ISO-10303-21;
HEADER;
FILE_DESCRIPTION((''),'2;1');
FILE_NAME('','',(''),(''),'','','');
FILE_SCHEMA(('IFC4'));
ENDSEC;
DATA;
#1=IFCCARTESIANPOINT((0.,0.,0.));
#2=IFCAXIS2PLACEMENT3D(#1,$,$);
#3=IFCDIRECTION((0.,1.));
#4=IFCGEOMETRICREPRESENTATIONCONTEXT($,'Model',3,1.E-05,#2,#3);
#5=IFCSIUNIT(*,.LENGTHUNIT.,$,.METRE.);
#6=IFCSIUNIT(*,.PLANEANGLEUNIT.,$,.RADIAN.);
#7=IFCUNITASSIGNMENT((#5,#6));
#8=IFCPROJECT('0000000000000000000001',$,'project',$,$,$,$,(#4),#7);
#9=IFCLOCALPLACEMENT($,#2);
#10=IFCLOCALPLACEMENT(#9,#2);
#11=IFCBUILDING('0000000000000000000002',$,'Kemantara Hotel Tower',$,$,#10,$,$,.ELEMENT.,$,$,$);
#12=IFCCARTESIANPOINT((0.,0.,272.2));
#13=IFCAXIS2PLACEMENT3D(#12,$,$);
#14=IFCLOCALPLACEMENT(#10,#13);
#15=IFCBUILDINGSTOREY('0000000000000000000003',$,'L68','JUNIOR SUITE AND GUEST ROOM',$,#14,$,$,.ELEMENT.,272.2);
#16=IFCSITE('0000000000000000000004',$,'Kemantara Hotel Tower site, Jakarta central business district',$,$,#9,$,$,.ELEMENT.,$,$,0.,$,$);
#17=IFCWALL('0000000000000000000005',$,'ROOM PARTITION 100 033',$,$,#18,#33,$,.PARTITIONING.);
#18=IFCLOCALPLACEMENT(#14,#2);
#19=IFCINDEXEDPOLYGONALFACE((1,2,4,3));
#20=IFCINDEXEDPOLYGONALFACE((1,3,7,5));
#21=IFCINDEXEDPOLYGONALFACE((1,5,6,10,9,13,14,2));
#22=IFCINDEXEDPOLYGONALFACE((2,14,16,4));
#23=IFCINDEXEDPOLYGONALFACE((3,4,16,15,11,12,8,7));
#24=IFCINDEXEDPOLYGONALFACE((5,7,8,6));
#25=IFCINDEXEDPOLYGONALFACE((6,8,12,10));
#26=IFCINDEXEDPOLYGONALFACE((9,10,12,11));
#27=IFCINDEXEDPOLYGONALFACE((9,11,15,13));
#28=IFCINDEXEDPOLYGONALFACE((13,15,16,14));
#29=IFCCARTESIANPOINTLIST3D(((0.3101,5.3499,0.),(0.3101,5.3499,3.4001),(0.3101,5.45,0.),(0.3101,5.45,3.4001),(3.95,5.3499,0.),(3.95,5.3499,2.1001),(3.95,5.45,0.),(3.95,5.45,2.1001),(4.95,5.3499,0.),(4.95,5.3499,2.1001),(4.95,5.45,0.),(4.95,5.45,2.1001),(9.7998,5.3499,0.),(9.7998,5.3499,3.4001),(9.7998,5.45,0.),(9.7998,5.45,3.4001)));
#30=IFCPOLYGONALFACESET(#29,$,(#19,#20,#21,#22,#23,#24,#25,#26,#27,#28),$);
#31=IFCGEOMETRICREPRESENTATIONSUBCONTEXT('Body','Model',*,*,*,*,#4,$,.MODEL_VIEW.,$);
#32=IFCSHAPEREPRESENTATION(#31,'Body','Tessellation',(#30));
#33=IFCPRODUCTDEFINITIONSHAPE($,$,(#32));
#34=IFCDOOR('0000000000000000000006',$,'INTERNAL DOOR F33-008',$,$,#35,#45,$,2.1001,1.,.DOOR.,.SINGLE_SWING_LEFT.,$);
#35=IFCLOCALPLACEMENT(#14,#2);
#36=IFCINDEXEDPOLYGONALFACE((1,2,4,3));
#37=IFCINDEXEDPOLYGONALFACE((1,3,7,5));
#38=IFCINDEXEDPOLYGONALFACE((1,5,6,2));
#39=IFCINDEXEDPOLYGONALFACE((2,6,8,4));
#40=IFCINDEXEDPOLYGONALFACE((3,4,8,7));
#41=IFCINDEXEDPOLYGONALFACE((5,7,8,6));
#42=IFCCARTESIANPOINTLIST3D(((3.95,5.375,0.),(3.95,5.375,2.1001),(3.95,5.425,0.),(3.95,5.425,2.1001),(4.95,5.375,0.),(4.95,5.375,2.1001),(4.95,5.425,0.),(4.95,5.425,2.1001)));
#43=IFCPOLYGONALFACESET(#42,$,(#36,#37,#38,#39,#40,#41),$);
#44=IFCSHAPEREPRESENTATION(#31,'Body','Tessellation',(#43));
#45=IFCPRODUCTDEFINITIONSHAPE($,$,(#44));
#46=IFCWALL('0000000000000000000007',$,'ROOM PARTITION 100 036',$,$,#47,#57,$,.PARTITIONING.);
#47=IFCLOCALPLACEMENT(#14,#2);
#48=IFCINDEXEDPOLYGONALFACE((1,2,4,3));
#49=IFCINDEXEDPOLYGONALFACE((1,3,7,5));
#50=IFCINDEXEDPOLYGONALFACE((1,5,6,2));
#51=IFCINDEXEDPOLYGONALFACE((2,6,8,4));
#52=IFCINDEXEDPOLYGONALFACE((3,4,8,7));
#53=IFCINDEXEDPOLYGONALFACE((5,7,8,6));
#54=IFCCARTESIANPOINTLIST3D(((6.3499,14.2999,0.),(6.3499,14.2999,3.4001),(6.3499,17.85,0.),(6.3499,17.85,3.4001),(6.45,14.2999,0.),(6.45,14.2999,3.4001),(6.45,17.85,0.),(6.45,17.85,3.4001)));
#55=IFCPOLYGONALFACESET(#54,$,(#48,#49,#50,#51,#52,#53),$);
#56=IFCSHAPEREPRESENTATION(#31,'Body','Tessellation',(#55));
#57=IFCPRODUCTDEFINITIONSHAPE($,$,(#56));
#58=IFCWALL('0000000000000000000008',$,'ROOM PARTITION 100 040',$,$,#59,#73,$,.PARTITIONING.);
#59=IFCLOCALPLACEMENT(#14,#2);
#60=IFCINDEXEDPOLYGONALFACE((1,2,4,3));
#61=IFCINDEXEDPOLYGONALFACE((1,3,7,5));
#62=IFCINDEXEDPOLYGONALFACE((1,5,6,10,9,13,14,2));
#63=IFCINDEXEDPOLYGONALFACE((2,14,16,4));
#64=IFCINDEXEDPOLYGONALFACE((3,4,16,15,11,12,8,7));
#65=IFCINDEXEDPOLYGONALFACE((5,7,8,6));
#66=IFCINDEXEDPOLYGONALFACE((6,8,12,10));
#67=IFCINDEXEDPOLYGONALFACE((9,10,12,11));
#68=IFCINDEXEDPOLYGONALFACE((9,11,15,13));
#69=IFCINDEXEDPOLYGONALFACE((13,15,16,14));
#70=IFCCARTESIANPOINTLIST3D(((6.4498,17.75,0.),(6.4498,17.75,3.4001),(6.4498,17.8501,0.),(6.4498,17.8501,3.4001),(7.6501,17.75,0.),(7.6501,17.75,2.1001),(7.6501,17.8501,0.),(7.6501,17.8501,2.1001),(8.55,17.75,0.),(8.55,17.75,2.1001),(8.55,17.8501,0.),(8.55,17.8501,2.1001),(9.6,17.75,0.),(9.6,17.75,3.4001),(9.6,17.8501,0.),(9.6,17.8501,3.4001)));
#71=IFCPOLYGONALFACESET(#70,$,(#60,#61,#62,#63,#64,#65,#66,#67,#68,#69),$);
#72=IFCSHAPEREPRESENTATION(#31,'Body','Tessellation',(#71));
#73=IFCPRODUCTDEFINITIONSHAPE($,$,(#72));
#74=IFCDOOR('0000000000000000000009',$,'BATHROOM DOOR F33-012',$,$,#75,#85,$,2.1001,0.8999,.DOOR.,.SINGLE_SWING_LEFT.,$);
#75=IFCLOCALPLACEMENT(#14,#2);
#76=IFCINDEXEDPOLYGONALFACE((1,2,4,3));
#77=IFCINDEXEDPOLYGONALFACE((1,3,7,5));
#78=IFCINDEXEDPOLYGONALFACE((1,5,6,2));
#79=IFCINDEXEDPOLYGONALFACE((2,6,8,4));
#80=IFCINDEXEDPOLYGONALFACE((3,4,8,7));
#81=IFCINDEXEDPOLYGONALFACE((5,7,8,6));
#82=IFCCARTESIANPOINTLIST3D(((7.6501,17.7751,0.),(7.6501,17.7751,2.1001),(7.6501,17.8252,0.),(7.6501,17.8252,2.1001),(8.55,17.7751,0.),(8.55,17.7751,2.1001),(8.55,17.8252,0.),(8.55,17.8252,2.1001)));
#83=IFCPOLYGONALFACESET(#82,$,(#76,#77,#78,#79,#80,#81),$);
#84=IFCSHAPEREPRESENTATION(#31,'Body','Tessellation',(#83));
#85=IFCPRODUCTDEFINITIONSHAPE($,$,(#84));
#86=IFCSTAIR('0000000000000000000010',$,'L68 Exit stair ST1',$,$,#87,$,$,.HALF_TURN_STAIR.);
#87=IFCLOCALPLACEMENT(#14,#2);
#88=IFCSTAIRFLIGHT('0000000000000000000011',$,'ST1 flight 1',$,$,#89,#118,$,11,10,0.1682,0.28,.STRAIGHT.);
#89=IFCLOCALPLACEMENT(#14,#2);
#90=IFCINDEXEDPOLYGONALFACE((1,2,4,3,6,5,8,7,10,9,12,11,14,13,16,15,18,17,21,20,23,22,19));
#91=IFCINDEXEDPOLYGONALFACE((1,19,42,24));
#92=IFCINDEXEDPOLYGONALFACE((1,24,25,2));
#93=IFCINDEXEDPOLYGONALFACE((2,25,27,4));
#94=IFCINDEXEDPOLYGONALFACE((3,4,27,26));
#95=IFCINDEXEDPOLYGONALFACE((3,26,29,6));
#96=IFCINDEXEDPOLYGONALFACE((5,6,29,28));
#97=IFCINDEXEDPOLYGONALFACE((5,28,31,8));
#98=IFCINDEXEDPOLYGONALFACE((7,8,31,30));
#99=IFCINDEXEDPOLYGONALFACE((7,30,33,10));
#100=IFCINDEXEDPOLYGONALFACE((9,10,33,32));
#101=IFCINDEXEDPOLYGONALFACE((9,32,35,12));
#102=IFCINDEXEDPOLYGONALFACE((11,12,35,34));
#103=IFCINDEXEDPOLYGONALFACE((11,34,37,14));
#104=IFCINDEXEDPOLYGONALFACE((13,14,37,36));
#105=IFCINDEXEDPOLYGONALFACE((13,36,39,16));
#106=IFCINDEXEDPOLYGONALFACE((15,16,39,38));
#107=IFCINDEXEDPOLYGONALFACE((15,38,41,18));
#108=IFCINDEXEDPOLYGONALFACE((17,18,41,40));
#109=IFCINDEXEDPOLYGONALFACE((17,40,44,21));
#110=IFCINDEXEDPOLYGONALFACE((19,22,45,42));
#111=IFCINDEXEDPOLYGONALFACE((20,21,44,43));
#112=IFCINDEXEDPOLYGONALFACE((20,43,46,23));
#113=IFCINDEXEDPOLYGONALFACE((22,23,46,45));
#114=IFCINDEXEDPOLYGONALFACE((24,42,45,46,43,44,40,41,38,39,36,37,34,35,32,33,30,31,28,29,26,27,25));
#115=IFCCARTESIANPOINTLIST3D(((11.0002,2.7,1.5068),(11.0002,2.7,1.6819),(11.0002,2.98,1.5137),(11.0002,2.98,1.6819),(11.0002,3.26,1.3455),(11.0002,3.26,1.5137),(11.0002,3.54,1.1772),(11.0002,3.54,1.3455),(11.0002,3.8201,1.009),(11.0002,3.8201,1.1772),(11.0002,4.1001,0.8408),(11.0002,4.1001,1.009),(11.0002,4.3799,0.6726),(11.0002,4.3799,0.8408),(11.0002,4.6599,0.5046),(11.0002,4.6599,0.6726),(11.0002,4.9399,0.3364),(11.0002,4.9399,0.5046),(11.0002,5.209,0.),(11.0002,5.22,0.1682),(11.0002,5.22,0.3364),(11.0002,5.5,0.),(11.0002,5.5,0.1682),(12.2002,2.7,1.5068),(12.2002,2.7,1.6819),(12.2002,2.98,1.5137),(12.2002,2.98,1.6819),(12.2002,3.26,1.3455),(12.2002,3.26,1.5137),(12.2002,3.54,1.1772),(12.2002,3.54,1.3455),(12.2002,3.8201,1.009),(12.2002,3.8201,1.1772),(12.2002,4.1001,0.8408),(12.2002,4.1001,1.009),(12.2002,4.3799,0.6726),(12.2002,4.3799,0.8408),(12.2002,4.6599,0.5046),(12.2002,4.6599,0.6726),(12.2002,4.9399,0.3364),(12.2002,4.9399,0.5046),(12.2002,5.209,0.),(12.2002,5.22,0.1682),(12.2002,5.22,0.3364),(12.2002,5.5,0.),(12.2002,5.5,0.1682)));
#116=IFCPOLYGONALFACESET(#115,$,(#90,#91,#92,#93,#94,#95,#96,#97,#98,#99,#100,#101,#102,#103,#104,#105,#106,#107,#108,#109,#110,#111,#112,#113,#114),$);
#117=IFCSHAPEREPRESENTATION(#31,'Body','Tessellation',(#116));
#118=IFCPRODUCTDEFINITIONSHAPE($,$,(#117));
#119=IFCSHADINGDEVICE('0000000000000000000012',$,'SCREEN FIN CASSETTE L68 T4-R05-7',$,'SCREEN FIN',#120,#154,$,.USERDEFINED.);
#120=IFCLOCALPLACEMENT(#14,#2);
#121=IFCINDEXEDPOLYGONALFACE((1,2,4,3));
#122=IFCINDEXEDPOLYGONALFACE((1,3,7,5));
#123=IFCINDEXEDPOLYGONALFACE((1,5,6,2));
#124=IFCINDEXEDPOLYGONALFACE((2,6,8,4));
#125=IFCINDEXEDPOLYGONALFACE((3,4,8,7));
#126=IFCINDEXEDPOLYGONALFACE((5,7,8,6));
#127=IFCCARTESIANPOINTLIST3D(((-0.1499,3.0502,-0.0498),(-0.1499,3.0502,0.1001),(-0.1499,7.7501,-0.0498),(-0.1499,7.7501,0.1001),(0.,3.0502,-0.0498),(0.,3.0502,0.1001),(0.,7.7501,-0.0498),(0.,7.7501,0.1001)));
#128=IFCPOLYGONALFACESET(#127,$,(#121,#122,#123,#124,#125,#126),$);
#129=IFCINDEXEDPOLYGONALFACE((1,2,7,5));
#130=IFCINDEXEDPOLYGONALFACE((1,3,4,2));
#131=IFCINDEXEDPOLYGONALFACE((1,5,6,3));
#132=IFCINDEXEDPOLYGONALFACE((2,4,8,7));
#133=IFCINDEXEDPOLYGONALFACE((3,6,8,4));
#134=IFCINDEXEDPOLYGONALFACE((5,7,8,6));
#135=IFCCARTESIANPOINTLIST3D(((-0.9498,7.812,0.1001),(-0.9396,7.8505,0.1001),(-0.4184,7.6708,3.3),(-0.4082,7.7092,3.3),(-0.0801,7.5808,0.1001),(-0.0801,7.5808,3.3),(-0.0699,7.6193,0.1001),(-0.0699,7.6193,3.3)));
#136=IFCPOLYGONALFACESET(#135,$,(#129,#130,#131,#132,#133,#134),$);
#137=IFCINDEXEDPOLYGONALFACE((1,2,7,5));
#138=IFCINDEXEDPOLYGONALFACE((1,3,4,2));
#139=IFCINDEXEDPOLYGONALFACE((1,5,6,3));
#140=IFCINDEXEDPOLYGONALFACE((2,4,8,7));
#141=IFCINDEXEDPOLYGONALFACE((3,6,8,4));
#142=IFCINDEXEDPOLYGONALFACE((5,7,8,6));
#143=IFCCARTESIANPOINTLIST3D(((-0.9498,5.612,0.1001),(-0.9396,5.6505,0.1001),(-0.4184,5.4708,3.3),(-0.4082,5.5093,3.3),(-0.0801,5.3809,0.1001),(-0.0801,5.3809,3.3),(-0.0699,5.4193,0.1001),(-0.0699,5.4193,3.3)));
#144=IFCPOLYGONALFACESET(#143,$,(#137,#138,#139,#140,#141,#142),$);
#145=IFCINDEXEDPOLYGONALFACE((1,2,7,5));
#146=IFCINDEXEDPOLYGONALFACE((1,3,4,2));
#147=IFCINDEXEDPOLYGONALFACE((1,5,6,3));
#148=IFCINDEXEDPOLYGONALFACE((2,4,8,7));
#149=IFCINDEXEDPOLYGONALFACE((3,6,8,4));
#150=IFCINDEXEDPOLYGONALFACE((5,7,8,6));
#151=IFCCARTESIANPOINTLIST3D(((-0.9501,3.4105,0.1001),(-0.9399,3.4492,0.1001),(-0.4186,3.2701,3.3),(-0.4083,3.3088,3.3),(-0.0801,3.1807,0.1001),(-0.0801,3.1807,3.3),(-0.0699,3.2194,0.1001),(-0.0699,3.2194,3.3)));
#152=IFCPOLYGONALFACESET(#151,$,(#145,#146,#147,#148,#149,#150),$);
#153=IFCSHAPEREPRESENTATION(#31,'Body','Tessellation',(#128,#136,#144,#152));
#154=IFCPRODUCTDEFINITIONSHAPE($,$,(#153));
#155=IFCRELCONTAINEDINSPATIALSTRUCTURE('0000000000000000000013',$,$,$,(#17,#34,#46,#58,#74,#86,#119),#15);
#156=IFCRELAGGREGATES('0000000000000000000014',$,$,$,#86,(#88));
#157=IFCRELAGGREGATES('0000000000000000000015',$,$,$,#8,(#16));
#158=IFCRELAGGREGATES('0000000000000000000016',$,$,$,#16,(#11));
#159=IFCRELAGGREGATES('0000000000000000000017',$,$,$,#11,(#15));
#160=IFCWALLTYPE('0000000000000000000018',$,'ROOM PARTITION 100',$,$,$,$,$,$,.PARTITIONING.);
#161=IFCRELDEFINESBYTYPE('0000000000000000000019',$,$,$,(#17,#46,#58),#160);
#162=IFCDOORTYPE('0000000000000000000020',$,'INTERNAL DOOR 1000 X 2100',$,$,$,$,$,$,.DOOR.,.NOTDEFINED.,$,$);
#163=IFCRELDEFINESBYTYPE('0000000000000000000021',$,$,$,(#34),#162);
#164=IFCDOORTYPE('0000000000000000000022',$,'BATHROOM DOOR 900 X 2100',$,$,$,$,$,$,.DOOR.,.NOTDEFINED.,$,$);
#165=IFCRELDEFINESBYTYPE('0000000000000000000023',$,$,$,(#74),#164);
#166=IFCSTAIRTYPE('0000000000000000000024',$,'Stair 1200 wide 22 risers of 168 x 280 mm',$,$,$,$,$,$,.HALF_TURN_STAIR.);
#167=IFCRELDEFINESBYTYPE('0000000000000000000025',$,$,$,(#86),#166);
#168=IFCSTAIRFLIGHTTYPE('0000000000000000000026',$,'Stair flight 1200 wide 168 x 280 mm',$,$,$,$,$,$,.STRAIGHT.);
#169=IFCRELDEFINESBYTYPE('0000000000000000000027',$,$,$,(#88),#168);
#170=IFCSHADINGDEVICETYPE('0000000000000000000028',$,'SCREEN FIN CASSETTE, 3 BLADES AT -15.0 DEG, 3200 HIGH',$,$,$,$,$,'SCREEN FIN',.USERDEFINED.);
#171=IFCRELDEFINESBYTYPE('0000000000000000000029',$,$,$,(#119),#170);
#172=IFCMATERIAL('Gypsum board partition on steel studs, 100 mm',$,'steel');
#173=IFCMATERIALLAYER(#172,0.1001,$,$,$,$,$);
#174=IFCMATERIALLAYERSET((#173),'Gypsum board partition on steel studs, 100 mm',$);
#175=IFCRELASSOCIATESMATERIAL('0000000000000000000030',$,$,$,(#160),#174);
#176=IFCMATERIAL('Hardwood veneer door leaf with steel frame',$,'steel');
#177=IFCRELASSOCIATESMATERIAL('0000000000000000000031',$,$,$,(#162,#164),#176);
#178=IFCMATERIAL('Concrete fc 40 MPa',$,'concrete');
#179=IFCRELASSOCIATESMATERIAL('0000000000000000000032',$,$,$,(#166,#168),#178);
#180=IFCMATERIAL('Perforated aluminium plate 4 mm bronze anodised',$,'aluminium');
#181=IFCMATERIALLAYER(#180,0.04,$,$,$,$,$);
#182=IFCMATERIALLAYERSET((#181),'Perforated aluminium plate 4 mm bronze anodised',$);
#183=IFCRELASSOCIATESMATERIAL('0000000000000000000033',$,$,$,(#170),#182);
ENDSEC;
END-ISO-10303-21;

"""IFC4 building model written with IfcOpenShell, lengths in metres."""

from ifc_helpers import new_model, si_unit, direction, frame, frame_2d, origin, origin_2d, place, context, subcontext, project, spatial, polyline, rectangle, outline, extrude, source, transform, mapped, material, layer, layer_set, type_object, element, fill, aggregate, save


model = new_model("IFC4")

# Units and contexts
model_context = context("Model", 3, precision=1e-05, world=origin(), true_north=direction((0.0, 1.0)))
body_context = subcontext(model_context, "Body", "Model", "MODEL_VIEW")
ifc_project = project(units=[si_unit("LENGTHUNIT", "METRE"), si_unit("PLANEANGLEUNIT", "RADIAN")], contexts=[model_context])

# Site, building, storey
site_placement = place(None, origin())
site = spatial("IfcSite", under=ifc_project, at=site_placement, Name="Kemantara Hotel Tower site, Jakarta central business district", CompositionType="ELEMENT", RefElevation=0.0)
building_placement = place(site_placement, origin())
building = spatial("IfcBuilding", under=site, at=building_placement, Name="Kemantara Hotel Tower", CompositionType="ELEMENT")
storey_placement = place(building_placement, frame((0.0, 0.0, 272.2)))
storey = spatial("IfcBuildingStorey", under=building, at=storey_placement, Name="L68", Description="JUNIOR SUITE AND GUEST ROOM", CompositionType="ELEMENT", Elevation=272.2)

# Shared definitions
ifc_material_1 = material(Name="Hardwood veneer door leaf with steel frame", Category="steel")

# Wall, opening, door
ifc_material_2 = material(Name="Gypsum board partition on steel studs, 100 mm", Category="steel")
ifc_layer_1 = layer(ifc_material_2, 0.1001)
ifc_layer_set_1 = layer_set([ifc_layer_1], Name="Gypsum board partition on steel studs, 100 mm")
wall_type_1 = type_object("IfcWallType", Name="ROOM PARTITION 100", PredefinedType="PARTITIONING", material=ifc_layer_set_1)
wall_1_placement = place(storey_placement, frame((9.7998, 5.3999, 0.0), z_axis=(0.0, 0.0, 1.0), x_axis=(-1.0, 0.0, 0.0)))
wall_1 = element("IfcWall", 1, at=wall_1_placement, inside=storey, type_object=wall_type_1, Name="ROOM PARTITION 100 033", PredefinedType="PARTITIONING", context=body_context, shape_type="SweptSolid", body=[
    extrude(rectangle(XDim=9.4897, YDim=0.1001, at=frame_2d((4.7449, 0.0))), origin(), (0.0, 0.0, 1.0), 3.4001),
])
opening_1_placement = place(wall_1_placement, frame((4.8499, 0.0, 0.0)))
opening_1 = element("IfcOpeningElement", 2, at=opening_1_placement, cuts=wall_1, PredefinedType="OPENING", context=body_context, shape_type="SweptSolid", body=[
    extrude(rectangle(XDim=1.0, YDim=2.1001, at=frame_2d((0.5, 1.05))), frame((0.0, 0.0601, 0.0), z_axis=(0.0, -1.0, 0.0), x_axis=(1.0, 0.0, 0.0)), (0.0, 0.0, 1.0), 0.1201),
])
door_type_1 = type_object("IfcDoorType", Name="INTERNAL DOOR 1000 X 2100", OperationType="NOTDEFINED", PredefinedType="DOOR", material=ifc_material_1)
door_1_placement = place(opening_1_placement, origin())
door_1 = element("IfcDoor", 3, at=door_1_placement, inside=storey, type_object=door_type_1, Name="INTERNAL DOOR F33-008", OperationType="SINGLE_SWING_LEFT", OverallHeight=2.1001, OverallWidth=1.0, PredefinedType="DOOR", context=body_context, shape_type="SweptSolid", body=[
    extrude(rectangle(XDim=1.0, YDim=2.1001, at=frame_2d((0.5, 1.05))), frame((0.0, 0.0249, 0.0), z_axis=(0.0, -1.0, 0.0), x_axis=(1.0, 0.0, 0.0)), (0.0, 0.0, 1.0), 0.05),
])
fill(opening_1, door_1)

# Wall
wall_2_placement = place(storey_placement, frame((6.3999, 14.3, 0.0), z_axis=(0.0, 0.0, 1.0), x_axis=(0.0, 1.0, 0.0)))
element("IfcWall", 4, at=wall_2_placement, inside=storey, type_object=wall_type_1, Name="ROOM PARTITION 100 036", PredefinedType="PARTITIONING", context=body_context, shape_type="SweptSolid", body=[
    extrude(rectangle(XDim=3.55, YDim=0.1001, at=frame_2d((1.7749, 0.0))), origin(), (0.0, 0.0, 1.0), 3.4001),
])

# Wall, opening, door
wall_3_placement = place(storey_placement, frame((9.6001, 17.8, 0.0), z_axis=(0.0, 0.0, 1.0), x_axis=(-1.0, 0.0, 0.0)))
wall_3 = element("IfcWall", 5, at=wall_3_placement, inside=storey, type_object=wall_type_1, Name="ROOM PARTITION 100 040", PredefinedType="PARTITIONING", context=body_context, shape_type="SweptSolid", body=[
    extrude(rectangle(XDim=3.1501, YDim=0.1001, at=frame_2d((1.5752, 0.0))), origin(), (0.0, 0.0, 1.0), 3.4001),
])
opening_2_placement = place(wall_3_placement, frame((1.05, 0.0, 0.0)))
opening_2 = element("IfcOpeningElement", 6, at=opening_2_placement, cuts=wall_3, PredefinedType="OPENING", context=body_context, shape_type="SweptSolid", body=[
    extrude(rectangle(XDim=0.8999, YDim=2.1001, at=frame_2d((0.45, 1.05))), frame((0.0, 0.0601, 0.0), z_axis=(0.0, -1.0, 0.0), x_axis=(1.0, 0.0, 0.0)), (0.0, 0.0, 1.0), 0.1201),
])
door_type_2 = type_object("IfcDoorType", Name="BATHROOM DOOR 900 X 2100", OperationType="NOTDEFINED", PredefinedType="DOOR", material=ifc_material_1)
door_2_placement = place(opening_2_placement, origin())
door_2 = element("IfcDoor", 7, at=door_2_placement, inside=storey, type_object=door_type_2, Name="BATHROOM DOOR F33-012", OperationType="SINGLE_SWING_LEFT", OverallHeight=2.1001, OverallWidth=0.8999, PredefinedType="DOOR", context=body_context, shape_type="SweptSolid", body=[
    extrude(rectangle(XDim=0.8999, YDim=2.1001, at=frame_2d((0.45, 1.05))), frame((0.0, 0.0249, 0.0), z_axis=(0.0, -1.0, 0.0), x_axis=(1.0, 0.0, 0.0)), (0.0, 0.0, 1.0), 0.05),
])
fill(opening_2, door_2)

# Stair, stair flight
ifc_material_3 = material(Name="Concrete fc 40 MPa", Category="concrete")
stair_type = type_object("IfcStairType", Name="Stair 1200 wide 22 risers of 168 x 280 mm", PredefinedType="HALF_TURN_STAIR", material=ifc_material_3)
stair_placement = place(storey_placement, origin())
stair = element("IfcStair", 8, at=stair_placement, inside=storey, type_object=stair_type, Name="L68 Exit stair ST1", PredefinedType="HALF_TURN_STAIR")
stair_flight_type = type_object("IfcStairFlightType", Name="Stair flight 1200 wide 168 x 280 mm", PredefinedType="STRAIGHT", material=ifc_material_3)
stair_flight_placement = place(storey_placement, frame((11.6001, 5.5, 0.0), z_axis=(0.0, 0.0, 1.0), x_axis=(0.0, -1.0, 0.0)))
stair_flight = element("IfcStairFlight", 9, at=stair_flight_placement, type_object=stair_flight_type, Name="ST1 flight 1", NumberOfRisers=11, NumberOfTreads=10, PredefinedType="STRAIGHT", RiserHeight=0.1682, TreadLength=0.28, context=body_context, shape_type="SweptSolid", body=[
    extrude(outline(polyline([(0.0, 0.0), (0.0, 0.1682), (0.28, 0.1682), (0.28, 0.3364), (0.5601, 0.3364), (0.5601, 0.5046), (0.8401, 0.5046), (0.8401, 0.6726), (1.1201, 0.6726), (1.1201, 0.8408), (1.3999, 0.8408), (1.3999, 1.009), (1.6799, 1.009), (1.6799, 1.1772), (1.96, 1.1772), (1.96, 1.3455), (2.24, 1.3455), (2.24, 1.5137), (2.52, 1.5137), (2.52, 1.6819), (2.8, 1.6819), (2.8, 1.8501), (2.8, 1.5068), (0.291, 0.0), (0.0, 0.0)])), frame((0.0, 0.6001, 0.0), z_axis=(0.0, -1.0, 0.0), x_axis=(1.0, 0.0, 0.0)), (0.0, 0.0, 1.0), 1.2),
])
aggregate(stair, [stair_flight])

# Shading device
ifc_material_4 = material(Name="Perforated aluminium plate 4 mm bronze anodised", Category="aluminium")
ifc_layer_2 = layer(ifc_material_4, 0.04)
ifc_layer_set_2 = layer_set([ifc_layer_2], Name="Perforated aluminium plate 4 mm bronze anodised")
shading_device_type_1 = type_object("IfcShadingDeviceType", Name="SCREEN FIN CASSETTE, 3 BLADES AT -15.0 DEG, 3200 HIGH", ElementType="SCREEN FIN", PredefinedType="USERDEFINED", material=ifc_layer_set_2)
shared_shape_1 = source(origin(), body_context, "Body", "SweptSolid", [
    extrude(rectangle(XDim=4.7, YDim=0.1499, at=origin_2d()), frame((2.2, -0.075, -0.1499), z_axis=(0.0, 0.0, 1.0), x_axis=(1.0, 0.0, 0.0)), (0.0, 0.0, 1.0), 0.1499),
    extrude(outline(polyline([(0.0, 0.0), (0.8999, 0.0), (0.3501, 3.2), (0.0, 3.2), (0.0, 0.0)])), frame((0.0193, -0.0801, 0.0), z_axis=(-0.966438, 0.256901, 0.0), x_axis=(-0.256901, -0.966438, 0.0)), (0.0, 0.0, 1.0), 0.0398),
    extrude(outline(polyline([(0.0, 0.0), (0.8999, 0.0), (0.3501, 3.2), (0.0, 3.2), (0.0, 0.0)])), frame((2.2192, -0.0801, 0.0), z_axis=(-0.966438, 0.256901, 0.0), x_axis=(-0.256901, -0.966438, 0.0)), (0.0, 0.0, 1.0), 0.0398),
    extrude(outline(polyline([(0.0, 0.0), (0.8999, 0.0), (0.3501, 3.2), (0.0, 3.2), (0.0, 0.0)])), frame((4.4194, -0.0801, 0.0), z_axis=(-0.966838, 0.255391, 0.0), x_axis=(-0.255391, -0.966838, 0.0)), (0.0, 0.0, 1.0), 0.04),
])
shading_device_1_placement = place(storey_placement, frame((0.0, 7.6001, 0.1001), z_axis=(0.0, 0.0, 1.0), x_axis=(0.0, -1.0, 0.0)))
element("IfcShadingDevice", 10, at=shading_device_1_placement, inside=storey, type_object=shading_device_type_1, Name="SCREEN FIN CASSETTE L68 T4-R05-7", ObjectType="SCREEN FIN", PredefinedType="USERDEFINED", context=body_context, shape_type="MappedRepresentation", body=[
    mapped(shared_shape_1, transform((0.0, 0.0, 0.0))),
])

save(model, "model.ifc")
